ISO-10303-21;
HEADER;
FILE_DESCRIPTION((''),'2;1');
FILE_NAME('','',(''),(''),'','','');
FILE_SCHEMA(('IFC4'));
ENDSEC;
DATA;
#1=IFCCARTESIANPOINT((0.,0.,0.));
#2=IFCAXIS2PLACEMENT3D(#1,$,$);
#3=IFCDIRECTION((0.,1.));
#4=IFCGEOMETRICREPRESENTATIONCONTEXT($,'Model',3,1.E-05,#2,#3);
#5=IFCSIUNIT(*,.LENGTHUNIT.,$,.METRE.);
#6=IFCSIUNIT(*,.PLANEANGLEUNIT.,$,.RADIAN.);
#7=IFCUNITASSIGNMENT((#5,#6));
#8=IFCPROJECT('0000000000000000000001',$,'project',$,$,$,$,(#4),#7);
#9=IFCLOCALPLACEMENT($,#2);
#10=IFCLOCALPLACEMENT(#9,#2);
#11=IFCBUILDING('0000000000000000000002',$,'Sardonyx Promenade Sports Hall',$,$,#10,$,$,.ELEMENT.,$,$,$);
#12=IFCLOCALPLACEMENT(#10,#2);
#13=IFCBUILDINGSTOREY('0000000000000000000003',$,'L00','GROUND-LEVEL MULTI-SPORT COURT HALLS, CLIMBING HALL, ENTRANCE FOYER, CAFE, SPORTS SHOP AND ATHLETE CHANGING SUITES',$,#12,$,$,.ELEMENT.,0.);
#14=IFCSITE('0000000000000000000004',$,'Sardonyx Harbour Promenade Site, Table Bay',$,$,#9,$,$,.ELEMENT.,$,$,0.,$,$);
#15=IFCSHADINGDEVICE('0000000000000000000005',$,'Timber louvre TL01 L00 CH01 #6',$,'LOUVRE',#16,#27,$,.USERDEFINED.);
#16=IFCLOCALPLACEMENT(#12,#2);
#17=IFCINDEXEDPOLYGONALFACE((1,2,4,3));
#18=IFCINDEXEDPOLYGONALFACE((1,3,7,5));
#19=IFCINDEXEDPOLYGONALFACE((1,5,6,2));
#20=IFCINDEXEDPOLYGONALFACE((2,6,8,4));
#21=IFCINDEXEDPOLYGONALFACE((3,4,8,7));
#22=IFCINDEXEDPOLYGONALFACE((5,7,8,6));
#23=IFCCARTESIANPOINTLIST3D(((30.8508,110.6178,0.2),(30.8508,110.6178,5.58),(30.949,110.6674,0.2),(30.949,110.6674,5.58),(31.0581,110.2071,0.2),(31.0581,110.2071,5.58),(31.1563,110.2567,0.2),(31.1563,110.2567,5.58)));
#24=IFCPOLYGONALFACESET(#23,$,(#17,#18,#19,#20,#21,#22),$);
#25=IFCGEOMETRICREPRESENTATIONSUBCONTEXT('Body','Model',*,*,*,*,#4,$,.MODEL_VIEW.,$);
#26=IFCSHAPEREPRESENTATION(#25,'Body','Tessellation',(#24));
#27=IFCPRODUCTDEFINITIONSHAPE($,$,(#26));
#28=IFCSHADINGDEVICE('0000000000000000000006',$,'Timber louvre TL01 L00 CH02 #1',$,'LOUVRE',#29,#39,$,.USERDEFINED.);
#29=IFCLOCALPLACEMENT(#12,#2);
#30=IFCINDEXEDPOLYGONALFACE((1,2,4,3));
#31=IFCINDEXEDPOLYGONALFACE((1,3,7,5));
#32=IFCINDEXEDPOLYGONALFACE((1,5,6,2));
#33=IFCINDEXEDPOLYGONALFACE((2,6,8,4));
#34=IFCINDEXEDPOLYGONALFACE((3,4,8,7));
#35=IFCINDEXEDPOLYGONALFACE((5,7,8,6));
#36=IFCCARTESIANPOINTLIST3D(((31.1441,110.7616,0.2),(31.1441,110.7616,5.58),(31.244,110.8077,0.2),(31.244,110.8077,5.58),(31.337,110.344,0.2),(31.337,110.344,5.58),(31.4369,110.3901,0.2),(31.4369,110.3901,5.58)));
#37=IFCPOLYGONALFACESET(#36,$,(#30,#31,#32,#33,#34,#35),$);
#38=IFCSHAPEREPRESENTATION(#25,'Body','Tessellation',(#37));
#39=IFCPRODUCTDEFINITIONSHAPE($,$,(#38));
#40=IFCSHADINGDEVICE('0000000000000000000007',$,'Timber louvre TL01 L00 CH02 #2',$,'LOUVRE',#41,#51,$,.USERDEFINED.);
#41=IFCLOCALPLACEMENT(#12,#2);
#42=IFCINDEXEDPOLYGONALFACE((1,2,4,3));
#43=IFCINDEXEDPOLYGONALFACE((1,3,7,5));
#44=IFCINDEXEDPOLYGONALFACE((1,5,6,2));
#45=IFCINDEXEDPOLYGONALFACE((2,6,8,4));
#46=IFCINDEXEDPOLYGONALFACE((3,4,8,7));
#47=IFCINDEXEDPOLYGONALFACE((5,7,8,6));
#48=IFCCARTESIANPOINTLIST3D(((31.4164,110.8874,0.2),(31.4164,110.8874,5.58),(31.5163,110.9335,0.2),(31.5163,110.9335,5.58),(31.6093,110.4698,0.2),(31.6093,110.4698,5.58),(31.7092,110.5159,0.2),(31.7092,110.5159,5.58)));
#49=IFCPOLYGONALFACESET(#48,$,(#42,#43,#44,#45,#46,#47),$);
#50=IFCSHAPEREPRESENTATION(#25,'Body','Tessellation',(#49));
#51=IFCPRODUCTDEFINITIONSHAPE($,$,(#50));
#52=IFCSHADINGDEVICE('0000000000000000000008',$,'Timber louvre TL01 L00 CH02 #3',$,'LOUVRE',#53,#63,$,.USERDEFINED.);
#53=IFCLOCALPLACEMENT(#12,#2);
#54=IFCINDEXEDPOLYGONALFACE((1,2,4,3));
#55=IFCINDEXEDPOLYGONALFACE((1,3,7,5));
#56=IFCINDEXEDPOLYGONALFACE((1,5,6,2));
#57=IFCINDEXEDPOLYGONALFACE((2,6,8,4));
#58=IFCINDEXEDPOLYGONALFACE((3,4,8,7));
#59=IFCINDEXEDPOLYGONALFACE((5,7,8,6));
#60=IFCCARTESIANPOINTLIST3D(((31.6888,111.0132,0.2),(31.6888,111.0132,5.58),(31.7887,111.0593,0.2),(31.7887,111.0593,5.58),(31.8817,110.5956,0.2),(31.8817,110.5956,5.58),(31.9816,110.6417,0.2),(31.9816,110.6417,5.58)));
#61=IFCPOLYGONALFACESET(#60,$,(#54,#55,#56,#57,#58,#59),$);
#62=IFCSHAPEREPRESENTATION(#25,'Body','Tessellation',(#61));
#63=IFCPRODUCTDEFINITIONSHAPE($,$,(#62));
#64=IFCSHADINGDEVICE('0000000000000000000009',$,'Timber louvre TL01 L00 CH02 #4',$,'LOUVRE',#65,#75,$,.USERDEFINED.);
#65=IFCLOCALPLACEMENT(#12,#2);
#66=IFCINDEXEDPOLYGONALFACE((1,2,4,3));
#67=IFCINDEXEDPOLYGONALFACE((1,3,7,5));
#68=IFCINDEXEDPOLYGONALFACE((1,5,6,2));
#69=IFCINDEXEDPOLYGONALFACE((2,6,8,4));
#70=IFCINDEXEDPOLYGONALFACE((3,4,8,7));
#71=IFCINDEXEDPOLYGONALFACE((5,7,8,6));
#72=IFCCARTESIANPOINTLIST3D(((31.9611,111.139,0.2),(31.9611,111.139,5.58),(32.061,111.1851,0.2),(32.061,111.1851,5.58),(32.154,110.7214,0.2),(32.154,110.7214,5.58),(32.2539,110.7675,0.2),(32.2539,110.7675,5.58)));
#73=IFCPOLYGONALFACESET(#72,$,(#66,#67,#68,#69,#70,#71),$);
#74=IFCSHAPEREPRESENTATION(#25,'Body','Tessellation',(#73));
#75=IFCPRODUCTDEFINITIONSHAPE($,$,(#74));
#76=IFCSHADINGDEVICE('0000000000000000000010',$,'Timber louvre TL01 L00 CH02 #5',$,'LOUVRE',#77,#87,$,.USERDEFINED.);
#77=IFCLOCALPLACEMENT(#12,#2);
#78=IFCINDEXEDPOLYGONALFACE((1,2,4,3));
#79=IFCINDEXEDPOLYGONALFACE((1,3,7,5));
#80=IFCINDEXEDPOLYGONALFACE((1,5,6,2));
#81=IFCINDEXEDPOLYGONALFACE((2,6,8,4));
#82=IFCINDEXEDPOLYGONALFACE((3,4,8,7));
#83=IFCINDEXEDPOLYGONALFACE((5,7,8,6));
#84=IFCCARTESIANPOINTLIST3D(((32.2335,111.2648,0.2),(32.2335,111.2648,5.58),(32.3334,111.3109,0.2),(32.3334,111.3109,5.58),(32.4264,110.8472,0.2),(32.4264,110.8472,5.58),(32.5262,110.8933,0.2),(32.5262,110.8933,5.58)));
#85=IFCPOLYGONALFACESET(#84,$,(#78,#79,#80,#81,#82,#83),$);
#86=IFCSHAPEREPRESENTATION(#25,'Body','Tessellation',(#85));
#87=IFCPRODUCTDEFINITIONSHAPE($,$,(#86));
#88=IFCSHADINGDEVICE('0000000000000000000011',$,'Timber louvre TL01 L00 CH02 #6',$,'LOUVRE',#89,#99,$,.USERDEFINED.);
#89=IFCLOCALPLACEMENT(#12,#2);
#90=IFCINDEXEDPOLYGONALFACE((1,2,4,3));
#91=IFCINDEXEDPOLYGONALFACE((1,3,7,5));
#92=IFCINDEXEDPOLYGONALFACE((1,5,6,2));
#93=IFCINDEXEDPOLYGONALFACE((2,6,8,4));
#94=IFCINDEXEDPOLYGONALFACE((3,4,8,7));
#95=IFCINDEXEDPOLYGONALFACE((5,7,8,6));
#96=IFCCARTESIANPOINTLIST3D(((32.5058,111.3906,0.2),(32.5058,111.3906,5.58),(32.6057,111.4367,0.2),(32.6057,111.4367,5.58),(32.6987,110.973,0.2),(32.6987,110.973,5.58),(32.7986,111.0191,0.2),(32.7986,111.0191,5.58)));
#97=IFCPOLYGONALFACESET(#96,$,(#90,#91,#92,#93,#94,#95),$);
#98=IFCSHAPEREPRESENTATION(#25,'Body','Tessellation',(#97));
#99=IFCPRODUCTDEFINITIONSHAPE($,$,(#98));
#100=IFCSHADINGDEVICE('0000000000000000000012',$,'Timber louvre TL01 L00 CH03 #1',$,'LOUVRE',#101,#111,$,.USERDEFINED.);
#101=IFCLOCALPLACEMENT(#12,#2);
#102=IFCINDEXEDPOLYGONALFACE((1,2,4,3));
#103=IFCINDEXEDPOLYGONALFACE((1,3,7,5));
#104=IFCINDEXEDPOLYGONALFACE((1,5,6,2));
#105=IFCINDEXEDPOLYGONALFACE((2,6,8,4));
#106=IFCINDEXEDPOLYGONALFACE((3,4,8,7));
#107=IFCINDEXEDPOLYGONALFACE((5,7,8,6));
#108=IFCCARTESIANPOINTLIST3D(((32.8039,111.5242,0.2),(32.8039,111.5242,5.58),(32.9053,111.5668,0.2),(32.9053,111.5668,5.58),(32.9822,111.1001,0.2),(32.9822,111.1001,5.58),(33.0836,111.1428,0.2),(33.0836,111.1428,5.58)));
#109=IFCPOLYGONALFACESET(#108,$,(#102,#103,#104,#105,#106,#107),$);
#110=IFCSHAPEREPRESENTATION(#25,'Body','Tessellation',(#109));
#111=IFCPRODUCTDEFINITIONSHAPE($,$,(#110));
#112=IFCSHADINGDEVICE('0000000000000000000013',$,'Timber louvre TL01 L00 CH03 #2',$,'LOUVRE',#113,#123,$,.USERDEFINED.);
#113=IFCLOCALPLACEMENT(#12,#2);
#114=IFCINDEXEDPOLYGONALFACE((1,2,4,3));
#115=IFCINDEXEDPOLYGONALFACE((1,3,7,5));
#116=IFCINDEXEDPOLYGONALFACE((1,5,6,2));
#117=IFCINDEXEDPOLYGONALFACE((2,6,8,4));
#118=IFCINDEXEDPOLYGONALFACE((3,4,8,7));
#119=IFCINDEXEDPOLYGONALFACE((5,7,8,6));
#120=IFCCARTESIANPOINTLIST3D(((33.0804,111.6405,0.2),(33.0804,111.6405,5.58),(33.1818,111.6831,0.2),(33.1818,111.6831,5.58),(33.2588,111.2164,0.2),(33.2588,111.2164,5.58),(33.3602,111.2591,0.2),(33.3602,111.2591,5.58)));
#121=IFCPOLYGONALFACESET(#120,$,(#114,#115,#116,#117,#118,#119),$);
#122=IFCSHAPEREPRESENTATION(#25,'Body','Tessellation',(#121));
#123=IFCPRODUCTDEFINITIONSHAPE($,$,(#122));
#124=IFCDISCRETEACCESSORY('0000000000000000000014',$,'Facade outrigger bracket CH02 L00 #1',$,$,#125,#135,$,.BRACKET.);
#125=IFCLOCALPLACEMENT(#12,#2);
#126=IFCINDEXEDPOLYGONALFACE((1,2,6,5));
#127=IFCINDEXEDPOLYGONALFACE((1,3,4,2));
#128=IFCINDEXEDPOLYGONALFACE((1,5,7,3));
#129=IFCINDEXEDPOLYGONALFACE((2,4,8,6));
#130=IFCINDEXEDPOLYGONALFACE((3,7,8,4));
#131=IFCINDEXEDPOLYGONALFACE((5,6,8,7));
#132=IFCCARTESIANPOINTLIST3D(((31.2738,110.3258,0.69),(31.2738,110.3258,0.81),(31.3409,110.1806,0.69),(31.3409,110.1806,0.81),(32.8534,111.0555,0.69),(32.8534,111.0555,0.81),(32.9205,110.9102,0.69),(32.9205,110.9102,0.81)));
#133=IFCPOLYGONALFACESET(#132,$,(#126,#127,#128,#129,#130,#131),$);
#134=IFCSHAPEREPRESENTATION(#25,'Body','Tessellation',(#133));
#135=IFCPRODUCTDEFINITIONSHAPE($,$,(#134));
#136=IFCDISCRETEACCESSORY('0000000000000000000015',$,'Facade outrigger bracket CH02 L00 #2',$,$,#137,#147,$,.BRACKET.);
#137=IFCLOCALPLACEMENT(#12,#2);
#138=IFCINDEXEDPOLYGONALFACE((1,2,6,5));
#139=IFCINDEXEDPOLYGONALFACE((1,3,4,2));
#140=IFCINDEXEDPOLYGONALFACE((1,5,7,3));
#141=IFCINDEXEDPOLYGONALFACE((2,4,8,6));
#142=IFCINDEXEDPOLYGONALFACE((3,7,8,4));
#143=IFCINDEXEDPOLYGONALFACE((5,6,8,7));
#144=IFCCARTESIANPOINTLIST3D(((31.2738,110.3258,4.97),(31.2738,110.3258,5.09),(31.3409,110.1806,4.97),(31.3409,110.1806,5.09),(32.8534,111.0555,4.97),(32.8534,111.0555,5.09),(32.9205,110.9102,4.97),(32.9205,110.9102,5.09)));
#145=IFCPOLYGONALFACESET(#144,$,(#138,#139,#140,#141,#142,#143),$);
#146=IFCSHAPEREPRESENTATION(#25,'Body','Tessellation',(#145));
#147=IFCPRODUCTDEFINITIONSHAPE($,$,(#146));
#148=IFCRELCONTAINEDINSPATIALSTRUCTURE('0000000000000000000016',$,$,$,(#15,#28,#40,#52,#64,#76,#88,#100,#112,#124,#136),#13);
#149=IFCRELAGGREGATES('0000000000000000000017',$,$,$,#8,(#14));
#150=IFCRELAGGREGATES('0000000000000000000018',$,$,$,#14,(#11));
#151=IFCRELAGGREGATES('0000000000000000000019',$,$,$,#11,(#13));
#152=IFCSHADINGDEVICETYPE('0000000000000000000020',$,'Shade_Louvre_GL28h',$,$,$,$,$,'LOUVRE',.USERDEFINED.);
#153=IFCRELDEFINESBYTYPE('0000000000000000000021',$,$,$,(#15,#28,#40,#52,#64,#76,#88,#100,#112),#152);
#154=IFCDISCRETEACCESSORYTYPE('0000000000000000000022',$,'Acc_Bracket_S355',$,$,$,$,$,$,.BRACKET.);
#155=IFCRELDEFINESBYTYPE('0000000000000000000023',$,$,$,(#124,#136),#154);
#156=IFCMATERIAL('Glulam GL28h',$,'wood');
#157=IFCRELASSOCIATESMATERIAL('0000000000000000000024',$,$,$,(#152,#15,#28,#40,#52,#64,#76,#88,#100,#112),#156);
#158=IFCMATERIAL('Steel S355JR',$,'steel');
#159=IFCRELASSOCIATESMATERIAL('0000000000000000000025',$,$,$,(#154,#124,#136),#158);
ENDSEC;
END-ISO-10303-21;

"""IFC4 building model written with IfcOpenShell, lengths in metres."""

from ifc_helpers import new_model, si_unit, direction, frame, origin, place, context, subcontext, project, spatial, rectangle, extrude, material, type_object, element, save


model = new_model("IFC4")

# Units and contexts
model_context = context("Model", 3, precision=1e-05, world=origin(), true_north=direction((0.0, 1.0)))
body_context = subcontext(model_context, "Body", "Model", "MODEL_VIEW")
ifc_project = project(units=[si_unit("LENGTHUNIT", "METRE"), si_unit("PLANEANGLEUNIT", "RADIAN")], contexts=[model_context])

# Site, building, storey
site_placement = place(None, origin())
site = spatial("IfcSite", under=ifc_project, at=site_placement, Name="Sardonyx Harbour Promenade Site, Table Bay", CompositionType="ELEMENT", RefElevation=0.0)
building_placement = place(site_placement, origin())
building = spatial("IfcBuilding", under=site, at=building_placement, Name="Sardonyx Promenade Sports Hall", CompositionType="ELEMENT")
storey_placement = place(building_placement, origin())
storey = spatial("IfcBuildingStorey", under=building, at=storey_placement, Name="L00", Description="GROUND-LEVEL MULTI-SPORT COURT HALLS, CLIMBING HALL, ENTRANCE FOYER, CAFE, SPORTS SHOP AND ATHLETE CHANGING SUITES", CompositionType="ELEMENT", Elevation=0.0)

# Shading devices
ifc_material_1 = material(Name="Glulam GL28h", Category="wood")
shading_device_type = type_object("IfcShadingDeviceType", Name="Shade_Louvre_GL28h", ElementType="LOUVRE", PredefinedType="USERDEFINED", material=ifc_material_1)
for number, where, z_axis, x_axis, name in (
    (1, (31.0036, 110.4373, 0.2), (0.0, 0.0, 1.0), (0.892774, 0.450505, 0.0), "Timber louvre TL01 L00 CH01 #6"),
    (2, (31.2905, 110.5759, 0.2), (0.0, 0.0, 1.0), (0.907831, 0.419336, 0.0), "Timber louvre TL01 L00 CH02 #1"),
    (3, (31.5628, 110.7017, 0.2), (0.0, 0.0, 1.0), (0.907831, 0.419336, 0.0), "Timber louvre TL01 L00 CH02 #2"),
    (4, (31.8352, 110.8275, 0.2), (0.0, 0.0, 1.0), (0.907831, 0.419336, 0.0), "Timber louvre TL01 L00 CH02 #3"),
    (5, (32.1075, 110.9533, 0.2), (0.0, 0.0, 1.0), (0.907831, 0.419336, 0.0), "Timber louvre TL01 L00 CH02 #4"),
    (6, (32.3799, 111.0791, 0.2), (0.0, 0.0, 1.0), (0.907831, 0.419336, 0.0), "Timber louvre TL01 L00 CH02 #5"),
    (7, (32.6522, 111.2049, 0.2), (0.0, 0.0, 1.0), (0.907831, 0.419336, 0.0), "Timber louvre TL01 L00 CH02 #6"),
    (8, (32.9438, 111.3335, 0.2), (0.0, 0.0, 1.0), (0.9218, 0.387665, 0.0), "Timber louvre TL01 L00 CH03 #1"),
    (9, (33.2203, 111.4498, 0.2), (0.0, 0.0, 1.0), (0.9218, 0.387665, 0.0), "Timber louvre TL01 L00 CH03 #2"),
):
    element("IfcShadingDevice", number, at=place(storey_placement, frame(where, z_axis=z_axis, x_axis=x_axis)), inside=storey, type_object=shading_device_type, material=ifc_material_1, Name=name, ObjectType="LOUVRE", PredefinedType="USERDEFINED", context=body_context, shape_type="SweptSolid", body=[
        extrude(rectangle(XDim=0.11, YDim=0.46), origin(), (0.0, 0.0, 1.0), 5.38),
    ])

# Discrete accessories
ifc_material_2 = material(Name="Steel S355JR", Category="steel")
discrete_accessory_type = type_object("IfcDiscreteAccessoryType", Name="Acc_Bracket_S355", PredefinedType="BRACKET", material=ifc_material_2)
for number, where, z_axis, x_axis, name in (
    (10, (32.0971, 110.618, 0.69), (0.0, 0.0, 1.0), (0.907831, 0.419336, 0.0), "Facade outrigger bracket CH02 L00 #1"),
    (11, (32.0971, 110.618, 4.97), (0.0, 0.0, 1.0), (0.907831, 0.419336, 0.0), "Facade outrigger bracket CH02 L00 #2"),
):
    element("IfcDiscreteAccessory", number, at=place(storey_placement, frame(where, z_axis=z_axis, x_axis=x_axis)), inside=storey, type_object=discrete_accessory_type, material=ifc_material_2, Name=name, PredefinedType="BRACKET", context=body_context, shape_type="SweptSolid", body=[
        extrude(rectangle(XDim=1.74, YDim=0.16), origin(), (0.0, 0.0, 1.0), 0.12),
    ])

save(model, "model.ifc")
